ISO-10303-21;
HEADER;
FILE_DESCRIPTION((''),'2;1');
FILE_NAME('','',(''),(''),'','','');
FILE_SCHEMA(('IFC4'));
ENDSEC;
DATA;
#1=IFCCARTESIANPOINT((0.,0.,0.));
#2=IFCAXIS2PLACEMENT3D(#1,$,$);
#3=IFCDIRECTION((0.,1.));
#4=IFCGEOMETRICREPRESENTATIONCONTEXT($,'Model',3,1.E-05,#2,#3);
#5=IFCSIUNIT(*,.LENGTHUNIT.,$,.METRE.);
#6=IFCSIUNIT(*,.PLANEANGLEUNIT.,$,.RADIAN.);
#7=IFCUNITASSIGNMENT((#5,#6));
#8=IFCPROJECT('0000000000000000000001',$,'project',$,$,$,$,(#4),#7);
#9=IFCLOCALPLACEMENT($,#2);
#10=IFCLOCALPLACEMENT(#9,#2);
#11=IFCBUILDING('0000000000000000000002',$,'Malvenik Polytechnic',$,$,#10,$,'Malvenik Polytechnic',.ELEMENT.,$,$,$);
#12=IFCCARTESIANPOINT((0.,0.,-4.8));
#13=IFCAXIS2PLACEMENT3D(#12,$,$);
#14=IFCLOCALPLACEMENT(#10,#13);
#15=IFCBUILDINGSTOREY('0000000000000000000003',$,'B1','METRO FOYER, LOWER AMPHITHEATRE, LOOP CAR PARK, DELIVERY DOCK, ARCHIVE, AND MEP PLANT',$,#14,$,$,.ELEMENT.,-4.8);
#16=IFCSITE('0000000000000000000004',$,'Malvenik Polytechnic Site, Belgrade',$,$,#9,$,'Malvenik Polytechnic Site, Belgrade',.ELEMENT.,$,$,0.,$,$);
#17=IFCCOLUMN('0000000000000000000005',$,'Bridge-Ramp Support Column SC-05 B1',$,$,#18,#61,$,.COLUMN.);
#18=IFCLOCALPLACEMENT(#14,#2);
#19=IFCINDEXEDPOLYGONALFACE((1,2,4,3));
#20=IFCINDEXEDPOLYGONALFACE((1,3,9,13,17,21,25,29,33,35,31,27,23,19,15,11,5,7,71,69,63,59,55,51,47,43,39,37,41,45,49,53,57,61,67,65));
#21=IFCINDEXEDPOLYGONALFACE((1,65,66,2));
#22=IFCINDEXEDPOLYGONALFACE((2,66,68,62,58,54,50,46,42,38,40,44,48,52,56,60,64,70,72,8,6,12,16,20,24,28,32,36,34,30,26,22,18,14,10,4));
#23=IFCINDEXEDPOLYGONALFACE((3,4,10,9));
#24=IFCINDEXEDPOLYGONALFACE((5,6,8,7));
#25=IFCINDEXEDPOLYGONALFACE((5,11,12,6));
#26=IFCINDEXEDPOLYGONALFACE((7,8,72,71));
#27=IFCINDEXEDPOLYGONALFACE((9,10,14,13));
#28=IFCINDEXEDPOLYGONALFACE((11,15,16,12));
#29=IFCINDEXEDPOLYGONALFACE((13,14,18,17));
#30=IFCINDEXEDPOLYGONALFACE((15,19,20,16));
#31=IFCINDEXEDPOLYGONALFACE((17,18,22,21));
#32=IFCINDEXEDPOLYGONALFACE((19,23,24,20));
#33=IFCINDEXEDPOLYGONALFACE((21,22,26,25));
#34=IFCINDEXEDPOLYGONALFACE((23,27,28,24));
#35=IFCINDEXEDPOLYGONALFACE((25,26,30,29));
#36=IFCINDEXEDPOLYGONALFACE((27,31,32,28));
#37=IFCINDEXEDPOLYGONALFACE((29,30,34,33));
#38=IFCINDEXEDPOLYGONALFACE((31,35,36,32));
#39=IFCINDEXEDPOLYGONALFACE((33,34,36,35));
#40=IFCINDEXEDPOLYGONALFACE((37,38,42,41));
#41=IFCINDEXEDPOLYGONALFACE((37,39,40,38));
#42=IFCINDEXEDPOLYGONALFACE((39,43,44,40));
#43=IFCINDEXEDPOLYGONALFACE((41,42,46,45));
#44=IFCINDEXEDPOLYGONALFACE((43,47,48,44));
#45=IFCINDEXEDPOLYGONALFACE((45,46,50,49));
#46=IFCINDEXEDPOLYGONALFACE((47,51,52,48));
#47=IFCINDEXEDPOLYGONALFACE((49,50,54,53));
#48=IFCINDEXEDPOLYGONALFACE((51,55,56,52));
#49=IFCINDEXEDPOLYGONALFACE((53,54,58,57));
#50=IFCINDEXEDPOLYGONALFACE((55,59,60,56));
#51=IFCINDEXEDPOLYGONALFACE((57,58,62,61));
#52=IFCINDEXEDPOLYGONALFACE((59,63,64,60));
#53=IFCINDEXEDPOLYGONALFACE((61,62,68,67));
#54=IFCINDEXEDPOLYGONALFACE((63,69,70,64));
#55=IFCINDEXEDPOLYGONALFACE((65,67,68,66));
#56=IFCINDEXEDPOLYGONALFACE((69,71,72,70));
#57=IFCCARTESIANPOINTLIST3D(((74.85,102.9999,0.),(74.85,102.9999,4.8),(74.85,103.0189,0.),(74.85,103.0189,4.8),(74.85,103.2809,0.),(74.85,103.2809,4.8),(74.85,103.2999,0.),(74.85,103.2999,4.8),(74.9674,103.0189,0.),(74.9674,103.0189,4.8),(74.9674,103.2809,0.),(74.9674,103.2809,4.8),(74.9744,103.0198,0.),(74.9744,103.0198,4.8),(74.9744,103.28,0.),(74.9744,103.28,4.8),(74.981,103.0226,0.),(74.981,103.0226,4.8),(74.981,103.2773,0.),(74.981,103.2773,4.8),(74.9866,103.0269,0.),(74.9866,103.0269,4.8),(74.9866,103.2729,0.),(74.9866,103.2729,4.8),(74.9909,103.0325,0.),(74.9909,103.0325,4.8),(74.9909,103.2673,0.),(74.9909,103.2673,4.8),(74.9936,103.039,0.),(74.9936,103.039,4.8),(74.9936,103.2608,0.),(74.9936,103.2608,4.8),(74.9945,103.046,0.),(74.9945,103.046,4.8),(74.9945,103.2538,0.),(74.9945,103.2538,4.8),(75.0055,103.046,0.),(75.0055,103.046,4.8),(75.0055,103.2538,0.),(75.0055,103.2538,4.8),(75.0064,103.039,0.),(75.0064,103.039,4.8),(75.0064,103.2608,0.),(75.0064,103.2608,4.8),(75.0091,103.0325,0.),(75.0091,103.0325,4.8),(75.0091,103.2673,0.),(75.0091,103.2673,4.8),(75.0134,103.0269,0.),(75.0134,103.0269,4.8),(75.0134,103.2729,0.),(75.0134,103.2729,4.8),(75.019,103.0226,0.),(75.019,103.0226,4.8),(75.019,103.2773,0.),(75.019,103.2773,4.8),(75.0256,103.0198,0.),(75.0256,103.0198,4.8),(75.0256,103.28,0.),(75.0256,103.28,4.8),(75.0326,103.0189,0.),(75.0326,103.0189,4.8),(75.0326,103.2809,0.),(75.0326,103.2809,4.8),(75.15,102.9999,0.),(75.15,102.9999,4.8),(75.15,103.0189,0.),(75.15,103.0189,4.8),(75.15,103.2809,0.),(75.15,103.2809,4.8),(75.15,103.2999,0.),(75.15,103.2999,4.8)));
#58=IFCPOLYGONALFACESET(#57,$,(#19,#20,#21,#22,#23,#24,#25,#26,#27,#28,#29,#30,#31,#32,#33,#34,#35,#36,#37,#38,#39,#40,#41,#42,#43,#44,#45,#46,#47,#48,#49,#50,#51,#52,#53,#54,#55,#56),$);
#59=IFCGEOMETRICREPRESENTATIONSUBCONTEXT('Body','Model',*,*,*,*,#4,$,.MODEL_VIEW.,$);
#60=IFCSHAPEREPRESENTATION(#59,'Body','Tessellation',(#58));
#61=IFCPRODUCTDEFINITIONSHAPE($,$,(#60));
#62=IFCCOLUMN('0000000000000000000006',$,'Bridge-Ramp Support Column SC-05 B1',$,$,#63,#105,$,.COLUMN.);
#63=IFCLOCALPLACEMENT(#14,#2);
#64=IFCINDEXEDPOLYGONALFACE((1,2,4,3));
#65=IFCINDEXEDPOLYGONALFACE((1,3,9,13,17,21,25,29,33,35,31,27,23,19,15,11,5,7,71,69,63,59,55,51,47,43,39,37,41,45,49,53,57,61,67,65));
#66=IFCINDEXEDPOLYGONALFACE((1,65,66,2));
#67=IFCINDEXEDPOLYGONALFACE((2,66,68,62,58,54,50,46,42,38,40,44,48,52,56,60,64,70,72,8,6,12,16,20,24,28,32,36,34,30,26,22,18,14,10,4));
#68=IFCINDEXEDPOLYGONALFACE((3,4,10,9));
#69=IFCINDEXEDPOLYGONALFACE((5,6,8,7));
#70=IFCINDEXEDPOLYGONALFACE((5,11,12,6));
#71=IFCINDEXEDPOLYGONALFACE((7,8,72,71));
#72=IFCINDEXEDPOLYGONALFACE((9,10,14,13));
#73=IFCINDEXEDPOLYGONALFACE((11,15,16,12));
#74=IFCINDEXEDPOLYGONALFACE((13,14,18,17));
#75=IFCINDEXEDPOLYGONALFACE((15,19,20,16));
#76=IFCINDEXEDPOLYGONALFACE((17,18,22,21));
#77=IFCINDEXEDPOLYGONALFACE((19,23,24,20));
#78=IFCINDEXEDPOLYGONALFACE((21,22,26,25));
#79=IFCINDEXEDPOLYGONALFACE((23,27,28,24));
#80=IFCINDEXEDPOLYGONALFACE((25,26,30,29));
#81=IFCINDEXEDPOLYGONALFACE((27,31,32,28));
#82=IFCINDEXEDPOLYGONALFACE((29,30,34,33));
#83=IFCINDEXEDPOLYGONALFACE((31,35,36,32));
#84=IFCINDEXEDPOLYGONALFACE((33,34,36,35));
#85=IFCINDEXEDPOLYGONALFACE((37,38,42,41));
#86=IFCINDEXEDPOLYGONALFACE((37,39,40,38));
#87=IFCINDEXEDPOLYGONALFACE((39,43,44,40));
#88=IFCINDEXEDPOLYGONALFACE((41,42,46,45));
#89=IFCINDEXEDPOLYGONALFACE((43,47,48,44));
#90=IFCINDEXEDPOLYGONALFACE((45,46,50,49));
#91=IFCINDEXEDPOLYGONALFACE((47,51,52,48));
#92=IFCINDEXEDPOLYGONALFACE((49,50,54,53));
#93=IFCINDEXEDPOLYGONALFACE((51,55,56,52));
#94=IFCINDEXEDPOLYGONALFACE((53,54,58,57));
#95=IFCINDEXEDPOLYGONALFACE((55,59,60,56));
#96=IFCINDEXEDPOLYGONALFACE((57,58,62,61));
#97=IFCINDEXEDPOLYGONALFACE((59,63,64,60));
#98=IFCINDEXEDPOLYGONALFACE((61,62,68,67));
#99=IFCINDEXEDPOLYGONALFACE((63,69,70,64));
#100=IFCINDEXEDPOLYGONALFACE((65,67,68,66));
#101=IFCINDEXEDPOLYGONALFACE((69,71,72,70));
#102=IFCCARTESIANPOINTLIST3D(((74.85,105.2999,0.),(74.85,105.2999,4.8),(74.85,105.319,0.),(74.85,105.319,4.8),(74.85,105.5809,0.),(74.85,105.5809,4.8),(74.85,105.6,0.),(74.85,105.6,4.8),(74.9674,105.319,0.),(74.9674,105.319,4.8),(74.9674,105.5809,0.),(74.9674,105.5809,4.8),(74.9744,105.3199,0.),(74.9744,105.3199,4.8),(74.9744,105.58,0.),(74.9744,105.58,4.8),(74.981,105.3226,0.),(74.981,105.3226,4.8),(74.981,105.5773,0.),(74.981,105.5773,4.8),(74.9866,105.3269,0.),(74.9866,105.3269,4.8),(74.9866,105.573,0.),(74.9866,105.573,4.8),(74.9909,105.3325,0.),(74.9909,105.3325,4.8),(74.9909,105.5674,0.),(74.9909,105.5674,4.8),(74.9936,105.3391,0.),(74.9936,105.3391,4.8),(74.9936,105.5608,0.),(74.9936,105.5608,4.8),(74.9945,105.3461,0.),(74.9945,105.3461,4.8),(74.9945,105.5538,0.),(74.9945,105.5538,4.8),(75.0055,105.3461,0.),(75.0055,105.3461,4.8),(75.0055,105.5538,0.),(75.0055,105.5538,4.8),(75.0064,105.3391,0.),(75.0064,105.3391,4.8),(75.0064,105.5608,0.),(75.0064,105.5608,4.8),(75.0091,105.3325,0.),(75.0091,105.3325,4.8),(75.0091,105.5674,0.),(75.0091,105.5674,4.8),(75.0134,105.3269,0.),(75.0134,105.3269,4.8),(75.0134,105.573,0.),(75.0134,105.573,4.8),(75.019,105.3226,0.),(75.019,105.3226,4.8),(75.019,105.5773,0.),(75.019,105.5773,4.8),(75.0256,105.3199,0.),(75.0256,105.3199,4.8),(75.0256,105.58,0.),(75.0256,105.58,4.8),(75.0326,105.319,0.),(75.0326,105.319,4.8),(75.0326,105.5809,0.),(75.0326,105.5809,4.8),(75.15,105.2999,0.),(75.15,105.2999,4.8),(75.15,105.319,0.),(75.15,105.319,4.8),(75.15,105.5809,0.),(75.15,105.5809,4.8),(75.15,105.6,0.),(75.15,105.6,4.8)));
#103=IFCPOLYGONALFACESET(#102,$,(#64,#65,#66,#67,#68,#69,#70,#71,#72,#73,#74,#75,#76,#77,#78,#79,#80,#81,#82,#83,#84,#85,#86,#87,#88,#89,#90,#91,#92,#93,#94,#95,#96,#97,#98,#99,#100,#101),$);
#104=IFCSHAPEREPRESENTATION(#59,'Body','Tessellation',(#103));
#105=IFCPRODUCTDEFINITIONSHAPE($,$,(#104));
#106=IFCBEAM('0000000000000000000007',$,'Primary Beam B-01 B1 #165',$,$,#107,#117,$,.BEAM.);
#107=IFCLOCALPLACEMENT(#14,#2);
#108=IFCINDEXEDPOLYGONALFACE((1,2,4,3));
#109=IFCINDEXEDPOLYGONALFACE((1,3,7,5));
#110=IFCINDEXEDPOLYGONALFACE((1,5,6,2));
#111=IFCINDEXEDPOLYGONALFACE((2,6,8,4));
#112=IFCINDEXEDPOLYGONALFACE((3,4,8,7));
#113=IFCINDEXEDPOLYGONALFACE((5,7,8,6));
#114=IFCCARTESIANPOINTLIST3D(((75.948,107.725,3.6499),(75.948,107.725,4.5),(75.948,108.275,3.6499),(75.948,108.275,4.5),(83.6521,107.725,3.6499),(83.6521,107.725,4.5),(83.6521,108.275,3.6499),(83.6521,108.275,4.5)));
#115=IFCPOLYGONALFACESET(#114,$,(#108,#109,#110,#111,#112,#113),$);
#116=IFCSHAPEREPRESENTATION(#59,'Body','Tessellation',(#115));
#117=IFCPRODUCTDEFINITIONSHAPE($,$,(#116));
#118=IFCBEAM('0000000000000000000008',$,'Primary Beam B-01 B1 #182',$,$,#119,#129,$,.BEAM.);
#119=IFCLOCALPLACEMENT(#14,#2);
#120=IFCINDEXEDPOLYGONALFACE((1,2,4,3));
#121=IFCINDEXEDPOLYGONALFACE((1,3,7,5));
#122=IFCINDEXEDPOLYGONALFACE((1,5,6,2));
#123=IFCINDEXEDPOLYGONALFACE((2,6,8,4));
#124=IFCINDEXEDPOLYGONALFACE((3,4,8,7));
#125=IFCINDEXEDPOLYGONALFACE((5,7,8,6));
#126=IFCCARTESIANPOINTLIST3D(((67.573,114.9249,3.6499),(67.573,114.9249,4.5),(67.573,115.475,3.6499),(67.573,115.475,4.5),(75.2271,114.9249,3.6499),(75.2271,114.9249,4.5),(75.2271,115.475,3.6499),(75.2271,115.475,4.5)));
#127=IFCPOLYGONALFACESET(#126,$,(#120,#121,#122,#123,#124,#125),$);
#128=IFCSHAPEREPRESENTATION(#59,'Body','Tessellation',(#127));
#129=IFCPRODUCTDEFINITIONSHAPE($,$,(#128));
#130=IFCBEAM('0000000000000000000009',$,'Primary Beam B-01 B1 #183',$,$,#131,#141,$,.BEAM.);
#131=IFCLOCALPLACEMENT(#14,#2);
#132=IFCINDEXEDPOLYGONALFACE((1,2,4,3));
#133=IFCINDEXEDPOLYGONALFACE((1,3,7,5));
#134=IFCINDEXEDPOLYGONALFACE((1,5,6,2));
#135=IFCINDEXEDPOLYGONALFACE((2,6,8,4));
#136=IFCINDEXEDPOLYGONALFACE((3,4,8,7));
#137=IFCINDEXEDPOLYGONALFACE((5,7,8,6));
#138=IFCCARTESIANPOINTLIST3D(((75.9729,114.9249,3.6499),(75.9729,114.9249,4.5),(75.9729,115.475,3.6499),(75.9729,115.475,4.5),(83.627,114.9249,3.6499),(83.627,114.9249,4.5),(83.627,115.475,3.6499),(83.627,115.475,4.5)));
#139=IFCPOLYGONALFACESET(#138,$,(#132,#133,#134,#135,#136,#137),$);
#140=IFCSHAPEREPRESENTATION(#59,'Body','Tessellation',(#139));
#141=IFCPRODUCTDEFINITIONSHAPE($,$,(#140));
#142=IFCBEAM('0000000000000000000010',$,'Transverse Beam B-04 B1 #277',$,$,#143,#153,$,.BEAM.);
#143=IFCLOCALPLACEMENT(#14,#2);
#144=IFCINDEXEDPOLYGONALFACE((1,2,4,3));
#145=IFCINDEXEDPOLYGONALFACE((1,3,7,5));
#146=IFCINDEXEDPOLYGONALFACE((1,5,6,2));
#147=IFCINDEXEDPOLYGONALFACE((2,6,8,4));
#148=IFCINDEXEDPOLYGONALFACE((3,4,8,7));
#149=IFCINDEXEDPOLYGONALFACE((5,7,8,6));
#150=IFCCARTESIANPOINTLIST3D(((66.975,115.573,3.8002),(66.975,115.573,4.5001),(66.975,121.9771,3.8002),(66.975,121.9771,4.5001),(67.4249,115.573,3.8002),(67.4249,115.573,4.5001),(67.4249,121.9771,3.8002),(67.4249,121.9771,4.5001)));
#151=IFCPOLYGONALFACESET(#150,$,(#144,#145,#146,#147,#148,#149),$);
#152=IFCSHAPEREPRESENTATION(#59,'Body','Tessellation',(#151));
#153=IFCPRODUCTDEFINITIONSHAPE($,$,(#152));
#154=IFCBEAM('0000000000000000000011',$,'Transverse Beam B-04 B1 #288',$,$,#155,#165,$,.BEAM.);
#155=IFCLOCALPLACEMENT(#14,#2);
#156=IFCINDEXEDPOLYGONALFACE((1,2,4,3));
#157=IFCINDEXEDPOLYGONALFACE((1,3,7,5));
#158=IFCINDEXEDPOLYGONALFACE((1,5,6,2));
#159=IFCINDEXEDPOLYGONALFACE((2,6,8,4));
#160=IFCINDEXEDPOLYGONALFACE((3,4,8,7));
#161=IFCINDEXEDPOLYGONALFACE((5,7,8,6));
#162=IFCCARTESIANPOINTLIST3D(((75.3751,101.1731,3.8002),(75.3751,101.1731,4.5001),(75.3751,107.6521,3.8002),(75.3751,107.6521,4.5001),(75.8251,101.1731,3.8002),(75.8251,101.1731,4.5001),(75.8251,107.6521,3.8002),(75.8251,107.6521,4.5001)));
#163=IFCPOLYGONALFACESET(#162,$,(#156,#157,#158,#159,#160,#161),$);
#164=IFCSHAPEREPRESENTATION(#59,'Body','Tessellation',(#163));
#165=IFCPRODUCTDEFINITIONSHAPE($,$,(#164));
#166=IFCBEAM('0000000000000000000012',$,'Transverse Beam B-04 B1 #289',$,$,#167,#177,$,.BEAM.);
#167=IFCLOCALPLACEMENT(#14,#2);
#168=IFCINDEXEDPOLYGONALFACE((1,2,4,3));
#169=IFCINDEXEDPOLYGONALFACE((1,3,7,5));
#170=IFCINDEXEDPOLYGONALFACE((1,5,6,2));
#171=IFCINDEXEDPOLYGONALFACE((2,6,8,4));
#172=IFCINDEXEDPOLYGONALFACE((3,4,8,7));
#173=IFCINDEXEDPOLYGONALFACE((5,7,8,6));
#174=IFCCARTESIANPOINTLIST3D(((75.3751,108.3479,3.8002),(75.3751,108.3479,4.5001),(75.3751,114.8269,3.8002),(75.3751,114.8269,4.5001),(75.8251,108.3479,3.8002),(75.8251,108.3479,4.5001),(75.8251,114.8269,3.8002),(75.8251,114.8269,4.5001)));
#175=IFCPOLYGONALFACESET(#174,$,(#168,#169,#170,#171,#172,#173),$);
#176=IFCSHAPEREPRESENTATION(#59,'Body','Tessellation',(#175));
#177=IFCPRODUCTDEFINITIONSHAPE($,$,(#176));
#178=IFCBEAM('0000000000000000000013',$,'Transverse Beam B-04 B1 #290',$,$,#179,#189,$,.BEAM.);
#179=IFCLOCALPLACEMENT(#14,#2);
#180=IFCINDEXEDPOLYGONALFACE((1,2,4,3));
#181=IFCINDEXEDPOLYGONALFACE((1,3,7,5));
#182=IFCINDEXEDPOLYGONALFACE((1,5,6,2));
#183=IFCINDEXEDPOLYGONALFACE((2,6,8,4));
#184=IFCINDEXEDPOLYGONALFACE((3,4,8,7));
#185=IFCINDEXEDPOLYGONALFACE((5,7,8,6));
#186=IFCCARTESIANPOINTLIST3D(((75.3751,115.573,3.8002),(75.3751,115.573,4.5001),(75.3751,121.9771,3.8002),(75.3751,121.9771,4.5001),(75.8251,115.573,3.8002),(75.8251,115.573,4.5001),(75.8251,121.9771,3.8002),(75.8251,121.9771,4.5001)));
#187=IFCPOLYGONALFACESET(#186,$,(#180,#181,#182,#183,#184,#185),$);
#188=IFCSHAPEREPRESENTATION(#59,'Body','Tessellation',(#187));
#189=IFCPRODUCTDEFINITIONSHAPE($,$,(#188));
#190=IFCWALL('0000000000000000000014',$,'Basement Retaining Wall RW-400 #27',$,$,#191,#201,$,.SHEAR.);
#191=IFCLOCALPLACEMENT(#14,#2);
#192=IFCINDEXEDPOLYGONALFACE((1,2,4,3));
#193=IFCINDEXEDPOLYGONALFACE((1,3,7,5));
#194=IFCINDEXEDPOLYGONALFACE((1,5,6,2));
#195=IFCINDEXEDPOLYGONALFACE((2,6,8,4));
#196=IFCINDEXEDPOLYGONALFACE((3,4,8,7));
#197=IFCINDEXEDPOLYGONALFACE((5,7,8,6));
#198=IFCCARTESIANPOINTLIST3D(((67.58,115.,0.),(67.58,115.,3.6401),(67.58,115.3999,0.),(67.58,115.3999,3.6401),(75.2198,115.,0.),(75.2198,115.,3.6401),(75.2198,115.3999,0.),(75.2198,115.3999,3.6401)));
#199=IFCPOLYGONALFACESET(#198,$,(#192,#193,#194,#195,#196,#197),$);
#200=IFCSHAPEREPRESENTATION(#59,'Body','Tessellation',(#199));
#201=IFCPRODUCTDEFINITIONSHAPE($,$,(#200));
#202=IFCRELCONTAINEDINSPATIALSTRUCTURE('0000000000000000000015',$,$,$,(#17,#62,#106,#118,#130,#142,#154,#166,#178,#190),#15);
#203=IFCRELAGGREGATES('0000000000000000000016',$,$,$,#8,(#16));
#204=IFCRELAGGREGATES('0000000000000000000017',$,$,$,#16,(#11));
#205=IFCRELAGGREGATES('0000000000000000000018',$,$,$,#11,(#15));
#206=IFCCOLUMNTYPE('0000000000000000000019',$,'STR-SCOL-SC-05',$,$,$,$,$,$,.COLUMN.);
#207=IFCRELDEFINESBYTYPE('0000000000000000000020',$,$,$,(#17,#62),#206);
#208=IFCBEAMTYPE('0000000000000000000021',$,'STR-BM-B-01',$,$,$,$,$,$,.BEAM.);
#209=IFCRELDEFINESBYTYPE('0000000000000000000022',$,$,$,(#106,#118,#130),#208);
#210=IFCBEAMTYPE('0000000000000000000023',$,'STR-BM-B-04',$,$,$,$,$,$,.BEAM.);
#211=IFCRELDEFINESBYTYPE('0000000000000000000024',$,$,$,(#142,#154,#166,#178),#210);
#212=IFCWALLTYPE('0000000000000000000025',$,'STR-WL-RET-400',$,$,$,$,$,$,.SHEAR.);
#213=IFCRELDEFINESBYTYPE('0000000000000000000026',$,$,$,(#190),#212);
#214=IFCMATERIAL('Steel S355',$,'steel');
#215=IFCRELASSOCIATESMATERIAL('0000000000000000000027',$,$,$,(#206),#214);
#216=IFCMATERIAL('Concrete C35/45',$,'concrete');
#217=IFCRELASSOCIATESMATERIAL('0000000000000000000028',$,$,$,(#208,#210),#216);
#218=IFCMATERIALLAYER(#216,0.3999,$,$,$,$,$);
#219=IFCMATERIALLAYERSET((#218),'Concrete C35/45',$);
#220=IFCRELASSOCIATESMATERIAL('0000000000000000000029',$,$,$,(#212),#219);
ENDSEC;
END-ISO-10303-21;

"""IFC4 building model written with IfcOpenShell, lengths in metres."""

from ifc_helpers import new_model, si_unit, direction, frame, frame_2d, origin, origin_2d, place, context, subcontext, project, spatial, rectangle, i_section, extrude, material, layer, layer_set, material_profile, profile_set, type_object, element, save


model = new_model("IFC4")

# Units and contexts
model_context = context("Model", 3, precision=1e-05, world=origin(), true_north=direction((0.0, 1.0)))
body_context = subcontext(model_context, "Body", "Model", "MODEL_VIEW")
ifc_project = project(units=[si_unit("LENGTHUNIT", "METRE"), si_unit("PLANEANGLEUNIT", "RADIAN")], contexts=[model_context])

# Site, building, storey
site_placement = place(None, origin())
site = spatial("IfcSite", under=ifc_project, at=site_placement, Name="Malvenik Polytechnic Site, Belgrade", LongName="Malvenik Polytechnic Site, Belgrade", CompositionType="ELEMENT", RefElevation=0.0)
building_placement = place(site_placement, origin())
building = spatial("IfcBuilding", under=site, at=building_placement, Name="Malvenik Polytechnic", LongName="Malvenik Polytechnic", CompositionType="ELEMENT")
storey_placement = place(building_placement, frame((0.0, 0.0, -4.8)))
storey = spatial("IfcBuildingStorey", under=building, at=storey_placement, Name="B1", Description="METRO FOYER, LOWER AMPHITHEATRE, LOOP CAR PARK, DELIVERY DOCK, ARCHIVE, AND MEP PLANT", CompositionType="ELEMENT", Elevation=-4.8)

# Shared definitions
ifc_material_1 = material(Name="Concrete C35/45", Category="concrete")

# Columns
ifc_material_2 = material(Name="Steel S355", Category="steel")
ifc_material_profile_1 = material_profile(ifc_material_2, i_section(OverallWidth=0.3, OverallDepth=0.3, WebThickness=0.011, FlangeThickness=0.019, FilletRadius=0.0271, at=origin_2d()), Name="HEB 300")
ifc_profile_set_1 = profile_set([ifc_material_profile_1], Name="Steel S355")
column_type_1 = type_object("IfcColumnType", Name="STR-SCOL-SC-05", PredefinedType="COLUMN", material=ifc_profile_set_1)
for number, where, z_axis, x_axis, name in (
    (1, (75.0, 103.1499, 0.0), (0.0, 0.0, 1.0), (1.0, 0.0, 0.0), "Bridge-Ramp Support Column SC-05 B1"),
    (2, (75.0, 105.45, 0.0), (0.0, 0.0, 1.0), (1.0, 0.0, 0.0), "Bridge-Ramp Support Column SC-05 B1"),
):
    element("IfcColumn", number, at=place(storey_placement, frame(where, z_axis=z_axis, x_axis=x_axis)), inside=storey, type_object=column_type_1, Name=name, PredefinedType="COLUMN", context=body_context, shape_type="SweptSolid", body=[
        extrude(i_section(OverallWidth=0.3, OverallDepth=0.3, WebThickness=0.011, FlangeThickness=0.019, FilletRadius=0.0271, at=origin_2d()), origin(), (0.0, 0.0, 1.0), 4.8),
    ])

# Beams
ifc_material_profile_2 = material_profile(ifc_material_1, rectangle(XDim=0.55, YDim=0.8501, at=origin_2d()), Name="RC BM 550x850")
ifc_profile_set_2 = profile_set([ifc_material_profile_2], Name="Concrete C35/45")
beam_type_1 = type_object("IfcBeamType", Name="STR-BM-B-01", PredefinedType="BEAM", material=ifc_profile_set_2)
beam_1_placement = place(storey_placement, frame((75.948, 108.0, 4.075), z_axis=(1.0, 0.0, 0.0), x_axis=(0.0, 1.0, 0.0)))
element("IfcBeam", 3, at=beam_1_placement, inside=storey, type_object=beam_type_1, Name="Primary Beam B-01 B1 #165", PredefinedType="BEAM", context=body_context, shape_type="SweptSolid", body=[
    extrude(rectangle(XDim=0.55, YDim=0.8501, at=origin_2d()), origin(), (0.0, 0.0, 1.0), 7.7041),
])
for number, where, z_axis, x_axis, name in (
    (4, (67.573, 115.2, 4.075), (1.0, 0.0, 0.0), (0.0, 1.0, 0.0), "Primary Beam B-01 B1 #182"),
    (5, (75.9729, 115.2, 4.075), (1.0, 0.0, 0.0), (0.0, 1.0, 0.0), "Primary Beam B-01 B1 #183"),
):
    element("IfcBeam", number, at=place(storey_placement, frame(where, z_axis=z_axis, x_axis=x_axis)), inside=storey, type_object=beam_type_1, Name=name, PredefinedType="BEAM", context=body_context, shape_type="SweptSolid", body=[
        extrude(rectangle(XDim=0.55, YDim=0.8501, at=origin_2d()), origin(), (0.0, 0.0, 1.0), 7.6541),
    ])
ifc_material_profile_3 = material_profile(ifc_material_1, rectangle(XDim=0.45, YDim=0.7, at=origin_2d()), Name="RC BM 450x700")
ifc_profile_set_3 = profile_set([ifc_material_profile_3], Name="Concrete C35/45")
beam_type_2 = type_object("IfcBeamType", Name="STR-BM-B-04", PredefinedType="BEAM", material=ifc_profile_set_3)
beam_2_placement = place(storey_placement, frame((67.2, 115.573, 4.1501), z_axis=(0.0, 1.0, 0.0), x_axis=(-1.0, 0.0, 0.0)))
element("IfcBeam", 6, at=beam_2_placement, inside=storey, type_object=beam_type_2, Name="Transverse Beam B-04 B1 #277", PredefinedType="BEAM", context=body_context, shape_type="SweptSolid", body=[
    extrude(rectangle(XDim=0.45, YDim=0.7, at=origin_2d()), origin(), (0.0, 0.0, 1.0), 6.4041),
])
for number, where, z_axis, x_axis, name in (
    (7, (75.6001, 101.1731, 4.1501), (0.0, 1.0, 0.0), (-1.0, 0.0, 0.0), "Transverse Beam B-04 B1 #288"),
    (8, (75.6001, 108.3479, 4.1501), (0.0, 1.0, 0.0), (-1.0, 0.0, 0.0), "Transverse Beam B-04 B1 #289"),
):
    element("IfcBeam", number, at=place(storey_placement, frame(where, z_axis=z_axis, x_axis=x_axis)), inside=storey, type_object=beam_type_2, Name=name, PredefinedType="BEAM", context=body_context, shape_type="SweptSolid", body=[
        extrude(rectangle(XDim=0.45, YDim=0.7, at=origin_2d()), origin(), (0.0, 0.0, 1.0), 6.479),
    ])
beam_3_placement = place(storey_placement, frame((75.6001, 115.573, 4.1501), z_axis=(0.0, 1.0, 0.0), x_axis=(-1.0, 0.0, 0.0)))
element("IfcBeam", 9, at=beam_3_placement, inside=storey, type_object=beam_type_2, Name="Transverse Beam B-04 B1 #290", PredefinedType="BEAM", context=body_context, shape_type="SweptSolid", body=[
    extrude(rectangle(XDim=0.45, YDim=0.7, at=origin_2d()), origin(), (0.0, 0.0, 1.0), 6.4041),
])

# Wall
ifc_layer = layer(ifc_material_1, 0.3999)
ifc_layer_set = layer_set([ifc_layer], Name="Concrete C35/45")
wall_type = type_object("IfcWallType", Name="STR-WL-RET-400", PredefinedType="SHEAR", material=ifc_layer_set)
wall_1_placement = place(storey_placement, frame((67.5801, 115.2, 0.0), z_axis=(0.0, 0.0, 1.0), x_axis=(1.0, 0.0, 0.0)))
element("IfcWall", 10, at=wall_1_placement, inside=storey, type_object=wall_type, Name="Basement Retaining Wall RW-400 #27", PredefinedType="SHEAR", context=body_context, shape_type="SweptSolid", body=[
    extrude(rectangle(XDim=7.6399, YDim=0.3999, at=frame_2d((3.8198, 0.0))), origin(), (0.0, 0.0, 1.0), 3.6401),
])

save(model, "model.ifc")
